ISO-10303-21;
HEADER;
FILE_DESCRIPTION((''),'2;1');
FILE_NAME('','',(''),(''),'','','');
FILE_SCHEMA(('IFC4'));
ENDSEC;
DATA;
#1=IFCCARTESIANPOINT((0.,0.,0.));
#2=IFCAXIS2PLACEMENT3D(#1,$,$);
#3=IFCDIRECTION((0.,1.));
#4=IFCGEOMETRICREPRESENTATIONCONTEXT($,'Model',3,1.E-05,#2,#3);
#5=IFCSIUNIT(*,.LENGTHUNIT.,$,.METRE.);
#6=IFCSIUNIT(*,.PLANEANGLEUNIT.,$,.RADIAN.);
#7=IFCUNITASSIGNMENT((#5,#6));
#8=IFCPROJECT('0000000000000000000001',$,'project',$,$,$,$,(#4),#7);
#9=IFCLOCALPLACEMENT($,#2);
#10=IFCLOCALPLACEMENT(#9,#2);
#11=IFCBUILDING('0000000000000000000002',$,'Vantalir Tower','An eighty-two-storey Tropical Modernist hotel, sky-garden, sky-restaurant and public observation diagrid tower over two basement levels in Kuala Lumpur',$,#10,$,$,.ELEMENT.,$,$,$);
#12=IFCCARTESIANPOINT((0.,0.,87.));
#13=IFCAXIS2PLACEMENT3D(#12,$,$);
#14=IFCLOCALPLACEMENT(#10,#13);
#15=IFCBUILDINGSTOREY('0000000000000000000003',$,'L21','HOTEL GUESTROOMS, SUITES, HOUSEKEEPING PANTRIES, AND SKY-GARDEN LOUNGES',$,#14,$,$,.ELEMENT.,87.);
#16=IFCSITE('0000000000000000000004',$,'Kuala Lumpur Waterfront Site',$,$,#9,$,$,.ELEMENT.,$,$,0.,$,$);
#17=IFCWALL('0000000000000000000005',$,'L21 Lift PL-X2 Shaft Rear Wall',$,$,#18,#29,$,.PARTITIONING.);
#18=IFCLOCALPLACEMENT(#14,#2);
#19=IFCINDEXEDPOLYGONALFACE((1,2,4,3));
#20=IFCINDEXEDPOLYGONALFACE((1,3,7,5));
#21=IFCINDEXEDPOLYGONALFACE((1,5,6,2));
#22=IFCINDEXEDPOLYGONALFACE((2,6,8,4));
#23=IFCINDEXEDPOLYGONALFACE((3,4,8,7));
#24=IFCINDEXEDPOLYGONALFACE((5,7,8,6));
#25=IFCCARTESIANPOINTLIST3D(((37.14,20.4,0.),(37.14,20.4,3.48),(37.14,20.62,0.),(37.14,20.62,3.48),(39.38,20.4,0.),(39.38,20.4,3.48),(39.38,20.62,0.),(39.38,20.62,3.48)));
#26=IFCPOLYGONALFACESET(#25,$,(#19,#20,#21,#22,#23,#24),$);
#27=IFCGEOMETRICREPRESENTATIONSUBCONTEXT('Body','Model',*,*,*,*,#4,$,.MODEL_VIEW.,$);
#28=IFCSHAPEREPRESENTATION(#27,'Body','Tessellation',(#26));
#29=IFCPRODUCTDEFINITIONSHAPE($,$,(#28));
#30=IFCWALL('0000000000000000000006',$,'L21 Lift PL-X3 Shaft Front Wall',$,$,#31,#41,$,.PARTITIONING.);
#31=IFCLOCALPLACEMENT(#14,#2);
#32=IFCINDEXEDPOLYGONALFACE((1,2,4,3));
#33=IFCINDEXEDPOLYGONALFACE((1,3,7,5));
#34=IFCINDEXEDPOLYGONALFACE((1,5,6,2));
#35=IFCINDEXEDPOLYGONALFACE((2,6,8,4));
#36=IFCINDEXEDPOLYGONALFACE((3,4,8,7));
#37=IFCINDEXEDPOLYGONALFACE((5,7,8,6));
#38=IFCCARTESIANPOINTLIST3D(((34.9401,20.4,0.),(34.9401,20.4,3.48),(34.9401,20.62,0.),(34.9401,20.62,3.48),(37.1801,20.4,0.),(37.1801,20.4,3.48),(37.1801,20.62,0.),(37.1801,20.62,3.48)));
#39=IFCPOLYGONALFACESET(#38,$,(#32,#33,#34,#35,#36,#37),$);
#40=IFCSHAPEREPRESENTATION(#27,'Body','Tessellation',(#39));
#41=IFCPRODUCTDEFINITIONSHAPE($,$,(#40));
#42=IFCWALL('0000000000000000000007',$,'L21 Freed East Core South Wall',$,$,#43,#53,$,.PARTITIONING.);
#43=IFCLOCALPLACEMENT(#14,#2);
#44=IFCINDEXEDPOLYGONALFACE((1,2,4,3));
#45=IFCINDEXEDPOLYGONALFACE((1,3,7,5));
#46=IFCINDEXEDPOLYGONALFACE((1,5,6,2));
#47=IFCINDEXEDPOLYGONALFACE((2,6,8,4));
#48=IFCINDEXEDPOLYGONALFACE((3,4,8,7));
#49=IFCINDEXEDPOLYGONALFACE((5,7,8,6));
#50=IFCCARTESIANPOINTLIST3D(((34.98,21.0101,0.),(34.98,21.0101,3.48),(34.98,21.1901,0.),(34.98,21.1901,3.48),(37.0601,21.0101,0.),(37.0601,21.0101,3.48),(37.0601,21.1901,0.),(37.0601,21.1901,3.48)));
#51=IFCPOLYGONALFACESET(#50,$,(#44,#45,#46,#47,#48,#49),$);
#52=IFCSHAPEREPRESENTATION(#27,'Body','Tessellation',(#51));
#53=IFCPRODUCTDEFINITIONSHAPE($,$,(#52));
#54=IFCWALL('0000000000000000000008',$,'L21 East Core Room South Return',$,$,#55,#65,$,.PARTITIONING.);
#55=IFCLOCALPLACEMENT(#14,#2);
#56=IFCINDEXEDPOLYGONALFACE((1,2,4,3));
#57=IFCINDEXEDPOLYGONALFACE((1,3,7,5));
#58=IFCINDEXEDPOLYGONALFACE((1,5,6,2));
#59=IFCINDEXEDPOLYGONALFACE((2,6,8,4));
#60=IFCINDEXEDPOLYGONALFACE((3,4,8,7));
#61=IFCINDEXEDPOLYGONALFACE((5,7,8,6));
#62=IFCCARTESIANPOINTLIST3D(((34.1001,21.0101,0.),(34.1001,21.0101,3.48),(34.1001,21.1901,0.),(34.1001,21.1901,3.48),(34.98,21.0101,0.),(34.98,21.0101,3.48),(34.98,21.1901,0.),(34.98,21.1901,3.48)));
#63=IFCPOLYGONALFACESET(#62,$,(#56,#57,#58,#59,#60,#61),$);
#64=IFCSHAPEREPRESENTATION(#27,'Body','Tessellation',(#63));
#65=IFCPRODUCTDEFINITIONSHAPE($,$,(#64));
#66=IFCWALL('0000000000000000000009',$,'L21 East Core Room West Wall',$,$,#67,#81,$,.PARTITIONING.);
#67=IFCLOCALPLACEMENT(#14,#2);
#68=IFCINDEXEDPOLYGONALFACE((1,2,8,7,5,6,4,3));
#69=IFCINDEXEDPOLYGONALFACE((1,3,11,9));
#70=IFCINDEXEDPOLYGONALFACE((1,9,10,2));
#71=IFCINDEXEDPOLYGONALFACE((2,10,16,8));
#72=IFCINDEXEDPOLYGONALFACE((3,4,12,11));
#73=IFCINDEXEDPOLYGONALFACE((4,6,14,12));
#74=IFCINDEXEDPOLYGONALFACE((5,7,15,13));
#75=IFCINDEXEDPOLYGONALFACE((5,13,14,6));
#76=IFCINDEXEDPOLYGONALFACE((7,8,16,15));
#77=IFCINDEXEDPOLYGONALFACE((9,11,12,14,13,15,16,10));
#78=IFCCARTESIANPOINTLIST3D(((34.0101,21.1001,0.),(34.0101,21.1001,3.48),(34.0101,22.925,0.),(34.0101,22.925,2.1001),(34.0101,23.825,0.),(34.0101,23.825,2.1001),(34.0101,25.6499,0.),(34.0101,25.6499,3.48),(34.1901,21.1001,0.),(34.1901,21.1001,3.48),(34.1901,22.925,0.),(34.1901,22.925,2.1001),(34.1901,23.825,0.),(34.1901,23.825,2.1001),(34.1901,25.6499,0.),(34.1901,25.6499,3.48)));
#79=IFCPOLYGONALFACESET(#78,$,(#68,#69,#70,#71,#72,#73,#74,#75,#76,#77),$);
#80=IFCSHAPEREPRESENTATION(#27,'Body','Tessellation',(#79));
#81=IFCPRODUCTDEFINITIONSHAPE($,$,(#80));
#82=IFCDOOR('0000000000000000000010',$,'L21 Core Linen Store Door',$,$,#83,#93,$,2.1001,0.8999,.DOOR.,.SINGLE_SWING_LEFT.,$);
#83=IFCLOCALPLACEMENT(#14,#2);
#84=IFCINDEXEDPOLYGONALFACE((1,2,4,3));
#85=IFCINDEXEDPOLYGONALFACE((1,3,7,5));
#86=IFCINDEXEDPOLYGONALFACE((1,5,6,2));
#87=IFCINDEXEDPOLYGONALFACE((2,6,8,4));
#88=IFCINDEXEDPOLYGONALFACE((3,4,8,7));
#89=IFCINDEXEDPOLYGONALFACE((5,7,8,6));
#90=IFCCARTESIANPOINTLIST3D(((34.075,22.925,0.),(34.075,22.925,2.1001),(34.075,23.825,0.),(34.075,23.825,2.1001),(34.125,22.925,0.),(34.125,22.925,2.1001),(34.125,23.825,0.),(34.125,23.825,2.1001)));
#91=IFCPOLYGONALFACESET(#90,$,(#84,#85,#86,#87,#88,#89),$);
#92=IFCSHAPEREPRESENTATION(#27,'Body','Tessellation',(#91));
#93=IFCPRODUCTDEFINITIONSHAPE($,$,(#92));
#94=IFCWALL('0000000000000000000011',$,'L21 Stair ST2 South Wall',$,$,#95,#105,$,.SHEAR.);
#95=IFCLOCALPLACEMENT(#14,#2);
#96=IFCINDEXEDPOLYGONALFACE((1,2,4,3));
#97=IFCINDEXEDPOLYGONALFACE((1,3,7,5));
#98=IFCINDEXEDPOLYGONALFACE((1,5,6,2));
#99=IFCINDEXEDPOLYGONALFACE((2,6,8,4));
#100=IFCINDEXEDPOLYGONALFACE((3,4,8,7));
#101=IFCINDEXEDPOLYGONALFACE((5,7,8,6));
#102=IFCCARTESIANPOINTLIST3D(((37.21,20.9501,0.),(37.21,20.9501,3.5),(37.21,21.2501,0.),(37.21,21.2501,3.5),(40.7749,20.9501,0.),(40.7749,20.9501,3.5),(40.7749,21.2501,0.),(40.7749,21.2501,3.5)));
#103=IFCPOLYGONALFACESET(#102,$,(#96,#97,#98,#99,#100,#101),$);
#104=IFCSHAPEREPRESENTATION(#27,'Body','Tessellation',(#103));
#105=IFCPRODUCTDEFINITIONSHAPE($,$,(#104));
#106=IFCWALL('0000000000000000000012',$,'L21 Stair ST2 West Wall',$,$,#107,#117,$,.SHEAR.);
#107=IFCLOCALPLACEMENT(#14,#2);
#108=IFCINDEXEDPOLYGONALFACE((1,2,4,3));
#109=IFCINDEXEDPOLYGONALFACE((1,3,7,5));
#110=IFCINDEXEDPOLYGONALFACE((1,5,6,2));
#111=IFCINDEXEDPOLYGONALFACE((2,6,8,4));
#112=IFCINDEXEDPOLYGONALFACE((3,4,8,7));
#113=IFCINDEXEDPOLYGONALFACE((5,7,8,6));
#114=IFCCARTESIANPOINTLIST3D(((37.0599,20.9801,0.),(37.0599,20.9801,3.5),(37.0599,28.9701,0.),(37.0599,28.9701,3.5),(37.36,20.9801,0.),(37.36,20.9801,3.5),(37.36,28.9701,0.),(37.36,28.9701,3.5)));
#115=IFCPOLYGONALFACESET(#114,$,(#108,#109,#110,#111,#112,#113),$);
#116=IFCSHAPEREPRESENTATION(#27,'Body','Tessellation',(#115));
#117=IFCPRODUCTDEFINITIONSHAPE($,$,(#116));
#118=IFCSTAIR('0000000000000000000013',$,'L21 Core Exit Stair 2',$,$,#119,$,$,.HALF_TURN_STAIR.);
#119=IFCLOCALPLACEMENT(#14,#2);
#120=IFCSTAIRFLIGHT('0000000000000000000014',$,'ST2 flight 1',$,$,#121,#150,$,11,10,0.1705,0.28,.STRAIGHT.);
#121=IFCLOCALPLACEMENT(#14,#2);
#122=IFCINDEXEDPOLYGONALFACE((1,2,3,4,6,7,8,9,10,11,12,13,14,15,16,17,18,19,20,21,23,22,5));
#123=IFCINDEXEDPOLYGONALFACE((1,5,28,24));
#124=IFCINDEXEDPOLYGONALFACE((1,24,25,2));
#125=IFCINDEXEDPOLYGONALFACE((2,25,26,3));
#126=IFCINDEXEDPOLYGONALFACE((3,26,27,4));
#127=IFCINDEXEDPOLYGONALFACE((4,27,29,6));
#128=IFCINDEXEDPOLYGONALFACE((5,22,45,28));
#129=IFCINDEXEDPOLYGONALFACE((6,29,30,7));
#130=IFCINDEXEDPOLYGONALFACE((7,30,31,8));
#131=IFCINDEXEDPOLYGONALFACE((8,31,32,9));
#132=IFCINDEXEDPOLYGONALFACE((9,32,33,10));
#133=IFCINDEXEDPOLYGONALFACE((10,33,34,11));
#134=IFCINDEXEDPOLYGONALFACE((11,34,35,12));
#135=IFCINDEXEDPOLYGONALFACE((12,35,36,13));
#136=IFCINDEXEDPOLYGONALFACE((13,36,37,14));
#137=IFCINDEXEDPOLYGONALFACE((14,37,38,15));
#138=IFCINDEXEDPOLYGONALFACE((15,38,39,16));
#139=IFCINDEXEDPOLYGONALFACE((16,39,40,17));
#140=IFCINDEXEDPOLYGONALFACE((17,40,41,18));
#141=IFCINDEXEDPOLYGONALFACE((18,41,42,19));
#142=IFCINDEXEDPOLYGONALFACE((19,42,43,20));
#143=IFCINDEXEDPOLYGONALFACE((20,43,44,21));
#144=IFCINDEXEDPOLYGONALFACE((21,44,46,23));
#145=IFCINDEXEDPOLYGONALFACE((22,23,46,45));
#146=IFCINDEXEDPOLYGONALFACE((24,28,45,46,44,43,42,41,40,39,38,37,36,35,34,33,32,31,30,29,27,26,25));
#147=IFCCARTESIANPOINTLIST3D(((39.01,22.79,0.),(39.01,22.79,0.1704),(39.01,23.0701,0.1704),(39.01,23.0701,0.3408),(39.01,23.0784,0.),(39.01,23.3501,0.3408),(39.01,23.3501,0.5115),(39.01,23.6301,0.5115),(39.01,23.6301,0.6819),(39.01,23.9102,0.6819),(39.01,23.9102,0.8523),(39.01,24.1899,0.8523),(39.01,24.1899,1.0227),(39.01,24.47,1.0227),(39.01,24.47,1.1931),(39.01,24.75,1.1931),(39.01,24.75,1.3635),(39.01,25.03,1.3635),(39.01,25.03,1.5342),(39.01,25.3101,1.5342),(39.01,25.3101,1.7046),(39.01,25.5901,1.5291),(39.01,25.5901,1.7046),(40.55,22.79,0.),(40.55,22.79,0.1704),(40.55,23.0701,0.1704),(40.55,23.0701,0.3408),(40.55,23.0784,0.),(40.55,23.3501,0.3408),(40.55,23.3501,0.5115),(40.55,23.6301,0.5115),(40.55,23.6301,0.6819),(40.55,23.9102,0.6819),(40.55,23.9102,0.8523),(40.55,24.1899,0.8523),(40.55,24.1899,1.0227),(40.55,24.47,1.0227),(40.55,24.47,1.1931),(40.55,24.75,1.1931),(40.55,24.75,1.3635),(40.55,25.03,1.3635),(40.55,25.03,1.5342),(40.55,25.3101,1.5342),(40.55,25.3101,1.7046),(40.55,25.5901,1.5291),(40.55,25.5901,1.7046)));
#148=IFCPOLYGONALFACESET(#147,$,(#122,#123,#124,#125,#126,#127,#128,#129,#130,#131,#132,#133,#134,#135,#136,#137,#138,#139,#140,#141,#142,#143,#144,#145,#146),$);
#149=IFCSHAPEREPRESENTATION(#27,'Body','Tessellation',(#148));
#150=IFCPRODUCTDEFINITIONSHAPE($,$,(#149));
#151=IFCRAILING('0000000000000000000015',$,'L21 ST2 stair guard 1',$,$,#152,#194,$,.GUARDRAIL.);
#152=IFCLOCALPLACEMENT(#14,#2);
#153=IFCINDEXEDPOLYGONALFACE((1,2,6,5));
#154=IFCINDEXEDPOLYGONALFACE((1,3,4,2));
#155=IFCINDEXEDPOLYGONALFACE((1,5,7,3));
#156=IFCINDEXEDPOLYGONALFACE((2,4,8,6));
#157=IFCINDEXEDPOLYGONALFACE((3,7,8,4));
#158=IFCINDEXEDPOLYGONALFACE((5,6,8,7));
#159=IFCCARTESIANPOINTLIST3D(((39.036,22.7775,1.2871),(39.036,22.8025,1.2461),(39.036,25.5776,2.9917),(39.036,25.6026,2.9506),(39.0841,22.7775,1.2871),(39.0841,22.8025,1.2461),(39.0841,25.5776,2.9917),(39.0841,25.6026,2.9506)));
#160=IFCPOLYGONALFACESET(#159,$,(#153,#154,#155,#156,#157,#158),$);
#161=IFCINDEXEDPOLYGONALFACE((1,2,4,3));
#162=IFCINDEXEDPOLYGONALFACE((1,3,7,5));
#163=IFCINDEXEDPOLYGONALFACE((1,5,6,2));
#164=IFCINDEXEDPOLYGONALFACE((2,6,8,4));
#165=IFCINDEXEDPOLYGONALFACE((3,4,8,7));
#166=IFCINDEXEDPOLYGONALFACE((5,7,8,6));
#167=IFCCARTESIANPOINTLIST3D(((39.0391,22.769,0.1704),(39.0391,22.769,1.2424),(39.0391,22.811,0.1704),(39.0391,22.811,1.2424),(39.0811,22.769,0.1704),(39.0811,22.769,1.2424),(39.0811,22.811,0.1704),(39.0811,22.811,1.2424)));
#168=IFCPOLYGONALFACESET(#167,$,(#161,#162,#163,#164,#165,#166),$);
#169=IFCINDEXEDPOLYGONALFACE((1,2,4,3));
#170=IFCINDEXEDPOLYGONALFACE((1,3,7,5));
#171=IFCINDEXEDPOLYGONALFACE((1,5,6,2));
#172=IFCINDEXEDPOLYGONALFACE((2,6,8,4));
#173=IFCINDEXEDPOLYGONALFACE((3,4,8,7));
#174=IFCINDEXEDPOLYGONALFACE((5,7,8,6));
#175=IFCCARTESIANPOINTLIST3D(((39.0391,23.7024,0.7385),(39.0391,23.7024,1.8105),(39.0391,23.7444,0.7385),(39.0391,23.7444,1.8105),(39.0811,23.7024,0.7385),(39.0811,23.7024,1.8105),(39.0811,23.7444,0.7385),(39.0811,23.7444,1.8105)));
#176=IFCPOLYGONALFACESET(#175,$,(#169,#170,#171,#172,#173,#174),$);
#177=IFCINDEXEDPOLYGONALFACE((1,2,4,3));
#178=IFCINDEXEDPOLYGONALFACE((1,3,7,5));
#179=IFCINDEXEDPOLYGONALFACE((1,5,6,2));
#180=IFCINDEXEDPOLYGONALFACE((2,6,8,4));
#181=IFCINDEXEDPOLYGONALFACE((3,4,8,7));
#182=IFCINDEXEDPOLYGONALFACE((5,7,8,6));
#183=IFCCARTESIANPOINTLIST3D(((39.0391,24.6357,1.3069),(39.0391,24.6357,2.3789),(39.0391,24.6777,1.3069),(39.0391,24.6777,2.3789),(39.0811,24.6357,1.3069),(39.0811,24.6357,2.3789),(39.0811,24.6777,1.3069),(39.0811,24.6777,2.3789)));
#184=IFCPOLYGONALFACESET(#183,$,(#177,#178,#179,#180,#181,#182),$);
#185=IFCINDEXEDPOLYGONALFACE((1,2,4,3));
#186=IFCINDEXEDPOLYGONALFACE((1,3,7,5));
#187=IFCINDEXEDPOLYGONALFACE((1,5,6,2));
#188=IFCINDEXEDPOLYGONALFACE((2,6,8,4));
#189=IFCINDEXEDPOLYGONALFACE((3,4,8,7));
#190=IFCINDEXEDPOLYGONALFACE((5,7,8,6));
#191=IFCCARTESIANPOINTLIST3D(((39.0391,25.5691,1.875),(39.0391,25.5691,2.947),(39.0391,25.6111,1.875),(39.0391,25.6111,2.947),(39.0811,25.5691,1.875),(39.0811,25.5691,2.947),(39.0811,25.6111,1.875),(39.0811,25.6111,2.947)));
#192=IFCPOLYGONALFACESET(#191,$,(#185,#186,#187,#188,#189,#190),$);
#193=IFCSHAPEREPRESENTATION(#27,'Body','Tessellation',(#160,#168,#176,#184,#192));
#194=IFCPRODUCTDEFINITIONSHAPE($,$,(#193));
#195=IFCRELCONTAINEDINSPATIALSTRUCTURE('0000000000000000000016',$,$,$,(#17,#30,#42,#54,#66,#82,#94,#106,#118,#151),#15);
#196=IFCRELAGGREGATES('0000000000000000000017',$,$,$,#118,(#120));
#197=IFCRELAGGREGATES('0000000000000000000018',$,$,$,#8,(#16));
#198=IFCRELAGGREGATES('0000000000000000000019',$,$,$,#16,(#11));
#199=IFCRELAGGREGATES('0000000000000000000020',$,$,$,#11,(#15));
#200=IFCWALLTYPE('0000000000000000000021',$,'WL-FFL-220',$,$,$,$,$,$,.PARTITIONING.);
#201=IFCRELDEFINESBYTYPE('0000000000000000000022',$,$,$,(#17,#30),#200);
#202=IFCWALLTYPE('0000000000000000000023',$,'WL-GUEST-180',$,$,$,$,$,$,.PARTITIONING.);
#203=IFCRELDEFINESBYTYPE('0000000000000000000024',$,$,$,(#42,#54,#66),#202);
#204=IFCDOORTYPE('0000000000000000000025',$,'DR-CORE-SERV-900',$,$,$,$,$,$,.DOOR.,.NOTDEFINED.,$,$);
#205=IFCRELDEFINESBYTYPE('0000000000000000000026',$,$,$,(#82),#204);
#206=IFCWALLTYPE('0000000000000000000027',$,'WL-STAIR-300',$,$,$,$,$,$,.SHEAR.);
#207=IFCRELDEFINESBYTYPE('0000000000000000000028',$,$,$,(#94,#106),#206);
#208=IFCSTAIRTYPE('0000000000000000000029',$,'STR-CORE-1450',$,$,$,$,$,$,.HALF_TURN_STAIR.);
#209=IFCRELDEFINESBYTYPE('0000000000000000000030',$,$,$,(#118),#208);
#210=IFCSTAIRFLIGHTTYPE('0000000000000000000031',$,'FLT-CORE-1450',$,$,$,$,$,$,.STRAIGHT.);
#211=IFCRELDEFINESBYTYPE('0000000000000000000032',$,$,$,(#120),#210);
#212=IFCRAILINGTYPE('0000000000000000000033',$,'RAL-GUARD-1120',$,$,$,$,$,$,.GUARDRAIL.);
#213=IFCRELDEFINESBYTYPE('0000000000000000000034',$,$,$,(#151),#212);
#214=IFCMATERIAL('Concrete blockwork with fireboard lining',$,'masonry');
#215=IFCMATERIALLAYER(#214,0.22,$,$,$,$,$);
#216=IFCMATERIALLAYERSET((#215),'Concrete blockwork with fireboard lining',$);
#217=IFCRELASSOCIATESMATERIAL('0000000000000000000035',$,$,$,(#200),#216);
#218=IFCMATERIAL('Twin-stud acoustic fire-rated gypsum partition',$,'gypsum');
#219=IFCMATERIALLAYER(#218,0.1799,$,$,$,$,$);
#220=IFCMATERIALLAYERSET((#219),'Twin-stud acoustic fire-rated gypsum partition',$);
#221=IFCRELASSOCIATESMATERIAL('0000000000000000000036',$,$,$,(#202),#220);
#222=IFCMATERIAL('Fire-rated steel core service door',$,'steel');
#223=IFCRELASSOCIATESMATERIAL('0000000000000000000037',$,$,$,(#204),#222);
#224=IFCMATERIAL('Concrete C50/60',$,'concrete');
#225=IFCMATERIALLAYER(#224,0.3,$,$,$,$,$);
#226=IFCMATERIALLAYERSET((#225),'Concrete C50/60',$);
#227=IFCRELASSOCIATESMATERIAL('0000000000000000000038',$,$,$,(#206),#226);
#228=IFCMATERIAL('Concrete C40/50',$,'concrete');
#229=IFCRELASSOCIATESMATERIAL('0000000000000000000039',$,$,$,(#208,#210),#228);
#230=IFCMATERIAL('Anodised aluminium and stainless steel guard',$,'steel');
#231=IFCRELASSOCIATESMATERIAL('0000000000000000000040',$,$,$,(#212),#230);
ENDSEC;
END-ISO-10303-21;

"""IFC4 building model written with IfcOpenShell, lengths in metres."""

from ifc_helpers import new_model, si_unit, direction, frame, frame_2d, origin, origin_2d, place, context, subcontext, project, spatial, polyline, rectangle, outline, extrude, material, layer, layer_set, type_object, element, fill, aggregate, save


model = new_model("IFC4")

# Units and contexts
model_context = context("Model", 3, precision=1e-05, world=origin(), true_north=direction((0.0, 1.0)))
body_context = subcontext(model_context, "Body", "Model", "MODEL_VIEW")
ifc_project = project(units=[si_unit("LENGTHUNIT", "METRE"), si_unit("PLANEANGLEUNIT", "RADIAN")], contexts=[model_context])

# Site, building, storey
site_placement = place(None, origin())
site = spatial("IfcSite", under=ifc_project, at=site_placement, Name="Kuala Lumpur Waterfront Site", CompositionType="ELEMENT", RefElevation=0.0)
building_placement = place(site_placement, origin())
building = spatial("IfcBuilding", under=site, at=building_placement, Name="Vantalir Tower", Description="An eighty-two-storey Tropical Modernist hotel, sky-garden, sky-restaurant and public observation diagrid tower over two basement levels in Kuala Lumpur", CompositionType="ELEMENT")
storey_placement = place(building_placement, frame((0.0, 0.0, 87.0)))
storey = spatial("IfcBuildingStorey", under=building, at=storey_placement, Name="L21", Description="HOTEL GUESTROOMS, SUITES, HOUSEKEEPING PANTRIES, AND SKY-GARDEN LOUNGES", CompositionType="ELEMENT", Elevation=87.0)

# Walls
ifc_material_1 = material(Name="Concrete blockwork with fireboard lining", Category="masonry")
ifc_layer_1 = layer(ifc_material_1, 0.22)
ifc_layer_set_1 = layer_set([ifc_layer_1], Name="Concrete blockwork with fireboard lining")
wall_type_1 = type_object("IfcWallType", Name="WL-FFL-220", PredefinedType="PARTITIONING", material=ifc_layer_set_1)
for number, where, z_axis, x_axis, name in (
    (1, (37.1399, 20.51, 0.0), (0.0, 0.0, 1.0), (1.0, 0.0, 0.0), "L21 Lift PL-X2 Shaft Rear Wall"),
    (2, (34.9399, 20.51, 0.0), (0.0, 0.0, 1.0), (1.0, 0.0, 0.0), "L21 Lift PL-X3 Shaft Front Wall"),
):
    element("IfcWall", number, at=place(storey_placement, frame(where, z_axis=z_axis, x_axis=x_axis)), inside=storey, type_object=wall_type_1, Name=name, PredefinedType="PARTITIONING", context=body_context, shape_type="SweptSolid", body=[
        extrude(rectangle(XDim=2.24, YDim=0.22, at=frame_2d((1.1201, 0.0))), origin(), (0.0, 0.0, 1.0), 3.48),
    ])
ifc_material_2 = material(Name="Twin-stud acoustic fire-rated gypsum partition", Category="gypsum")
ifc_layer_2 = layer(ifc_material_2, 0.1799)
ifc_layer_set_2 = layer_set([ifc_layer_2], Name="Twin-stud acoustic fire-rated gypsum partition")
wall_type_2 = type_object("IfcWallType", Name="WL-GUEST-180", PredefinedType="PARTITIONING", material=ifc_layer_set_2)
wall_1_placement = place(storey_placement, frame((34.98, 21.1001, 0.0), z_axis=(0.0, 0.0, 1.0), x_axis=(1.0, 0.0, 0.0)))
element("IfcWall", 3, at=wall_1_placement, inside=storey, type_object=wall_type_2, Name="L21 Freed East Core South Wall", PredefinedType="PARTITIONING", context=body_context, shape_type="SweptSolid", body=[
    extrude(rectangle(XDim=2.0801, YDim=0.1799, at=frame_2d((1.04, 0.0))), origin(), (0.0, 0.0, 1.0), 3.48),
])
wall_2_placement = place(storey_placement, frame((34.1001, 21.1001, 0.0), z_axis=(0.0, 0.0, 1.0), x_axis=(1.0, 0.0, 0.0)))
element("IfcWall", 4, at=wall_2_placement, inside=storey, type_object=wall_type_2, Name="L21 East Core Room South Return", PredefinedType="PARTITIONING", context=body_context, shape_type="SweptSolid", body=[
    extrude(rectangle(XDim=0.8799, YDim=0.1799, at=frame_2d((0.4399, 0.0))), origin(), (0.0, 0.0, 1.0), 3.48),
])

# Wall, opening, door
wall_3_placement = place(storey_placement, frame((34.1001, 21.1001, 0.0), z_axis=(0.0, 0.0, 1.0), x_axis=(0.0, 1.0, 0.0)))
wall_3 = element("IfcWall", 5, at=wall_3_placement, inside=storey, type_object=wall_type_2, Name="L21 East Core Room West Wall", PredefinedType="PARTITIONING", context=body_context, shape_type="SweptSolid", body=[
    extrude(rectangle(XDim=4.5498, YDim=0.1799, at=frame_2d((2.2749, 0.0))), origin(), (0.0, 0.0, 1.0), 3.48),
])
opening_1_placement = place(wall_3_placement, frame((1.825, 0.0, 0.0)))
opening_1 = element("IfcOpeningElement", 6, at=opening_1_placement, cuts=wall_3, PredefinedType="OPENING", context=body_context, shape_type="SweptSolid", body=[
    extrude(rectangle(XDim=0.8999, YDim=2.1001, at=frame_2d((0.45, 1.05))), frame((0.0, 0.0999, 0.0), z_axis=(0.0, -1.0, 0.0), x_axis=(1.0, 0.0, 0.0)), (0.0, 0.0, 1.0), 0.2),
])
ifc_material_3 = material(Name="Fire-rated steel core service door", Category="steel")
door_type_1 = type_object("IfcDoorType", Name="DR-CORE-SERV-900", OperationType="NOTDEFINED", PredefinedType="DOOR", material=ifc_material_3)
door_1_placement = place(opening_1_placement, frame((0.8999, 0.0, 0.0), z_axis=(0.0, 0.0, 1.0), x_axis=(-1.0, 0.0, 0.0)))
door_1 = element("IfcDoor", 7, at=door_1_placement, inside=storey, type_object=door_type_1, Name="L21 Core Linen Store Door", OperationType="SINGLE_SWING_LEFT", OverallHeight=2.1001, OverallWidth=0.8999, PredefinedType="DOOR", context=body_context, shape_type="SweptSolid", body=[
    extrude(rectangle(XDim=0.8999, YDim=2.1001, at=frame_2d((0.45, 1.05))), frame((0.0, 0.0249, 0.0), z_axis=(0.0, -1.0, 0.0), x_axis=(1.0, 0.0, 0.0)), (0.0, 0.0, 1.0), 0.05),
])
fill(opening_1, door_1)

# Walls
ifc_material_4 = material(Name="Concrete C50/60", Category="concrete")
ifc_layer_3 = layer(ifc_material_4, 0.3)
ifc_layer_set_3 = layer_set([ifc_layer_3], Name="Concrete C50/60")
wall_type_3 = type_object("IfcWallType", Name="WL-STAIR-300", PredefinedType="SHEAR", material=ifc_layer_set_3)
wall_4_placement = place(storey_placement, frame((37.21, 21.1001, 0.0), z_axis=(0.0, 0.0, 1.0), x_axis=(1.0, 0.0, 0.0)))
element("IfcWall", 8, at=wall_4_placement, inside=storey, type_object=wall_type_3, Name="L21 Stair ST2 South Wall", PredefinedType="SHEAR", context=body_context, shape_type="SweptSolid", body=[
    extrude(rectangle(XDim=3.5649, YDim=0.3, at=frame_2d((1.7825, 0.0))), origin(), (0.0, 0.0, 1.0), 3.5),
])
wall_5_placement = place(storey_placement, frame((37.21, 20.98, 0.0), z_axis=(0.0, 0.0, 1.0), x_axis=(0.0, 1.0, 0.0)))
element("IfcWall", 9, at=wall_5_placement, inside=storey, type_object=wall_type_3, Name="L21 Stair ST2 West Wall", PredefinedType="SHEAR", context=body_context, shape_type="SweptSolid", body=[
    extrude(rectangle(XDim=7.99, YDim=0.3, at=frame_2d((3.9951, 0.0))), origin(), (0.0, 0.0, 1.0), 3.5),
])

# Stair, stair flight
ifc_material_5 = material(Name="Concrete C40/50", Category="concrete")
stair_type = type_object("IfcStairType", Name="STR-CORE-1450", PredefinedType="HALF_TURN_STAIR", material=ifc_material_5)
stair_placement = place(storey_placement, origin())
stair = element("IfcStair", 10, at=stair_placement, inside=storey, type_object=stair_type, Name="L21 Core Exit Stair 2", PredefinedType="HALF_TURN_STAIR")
stair_flight_type = type_object("IfcStairFlightType", Name="FLT-CORE-1450", PredefinedType="STRAIGHT", material=ifc_material_5)
stair_flight_placement = place(storey_placement, frame((39.78, 22.79, 0.0), z_axis=(0.0, 0.0, 1.0), x_axis=(0.0, 1.0, 0.0)))
stair_flight = element("IfcStairFlight", 11, at=stair_flight_placement, type_object=stair_flight_type, Name="ST2 flight 1", NumberOfRisers=11, NumberOfTreads=10, PredefinedType="STRAIGHT", RiserHeight=0.1705, TreadLength=0.28, context=body_context, shape_type="SweptSolid", body=[
    extrude(outline(polyline([(0.0, 0.0), (0.0, 0.1704), (0.28, 0.1704), (0.28, 0.3408), (0.5601, 0.3408), (0.5601, 0.5115), (0.8401, 0.5115), (0.8401, 0.6819), (1.1201, 0.6819), (1.1201, 0.8523), (1.3999, 0.8523), (1.3999, 1.0227), (1.6799, 1.0227), (1.6799, 1.1931), (1.96, 1.1931), (1.96, 1.3635), (2.24, 1.3635), (2.24, 1.5342), (2.52, 1.5342), (2.52, 1.7046), (2.8, 1.7046), (2.8, 1.875), (2.8, 1.5291), (0.2883, 0.0), (0.0, 0.0)])), frame((0.0, 0.77, 0.0), z_axis=(0.0, -1.0, 0.0), x_axis=(1.0, 0.0, 0.0)), (0.0, 0.0, 1.0), 1.54),
])
aggregate(stair, [stair_flight])

# Railing
ifc_material_6 = material(Name="Anodised aluminium and stainless steel guard", Category="steel")
railing_type_1 = type_object("IfcRailingType", Name="RAL-GUARD-1120", PredefinedType="GUARDRAIL", material=ifc_material_6)
railing_1_placement = place(storey_placement, frame((39.0601, 22.79, 0.1704)))
element("IfcRailing", 12, at=railing_1_placement, inside=storey, type_object=railing_type_1, Name="L21 ST2 stair guard 1", PredefinedType="GUARDRAIL", context=body_context, shape_type="SweptSolid", body=[
    extrude(rectangle(XDim=0.0481, YDim=0.0481, at=origin_2d()), frame((0.0, 0.0, 1.0962), z_axis=(0.0, 0.85417, 0.519994), x_axis=(-1.0, 0.0, 0.0)), (0.0, 0.0, 1.0), 3.2781),
    extrude(rectangle(XDim=0.042, YDim=0.042, at=origin_2d()), origin(), (0.0, 0.0, 1.0), 1.072),
    extrude(rectangle(XDim=0.042, YDim=0.042, at=origin_2d()), frame((0.0, 0.9333, 0.5681)), (0.0, 0.0, 1.0), 1.072),
    extrude(rectangle(XDim=0.042, YDim=0.042, at=origin_2d()), frame((0.0, 1.8667, 1.1365)), (0.0, 0.0, 1.0), 1.072),
    extrude(rectangle(XDim=0.042, YDim=0.042, at=origin_2d()), frame((0.0, 2.8, 1.7046)), (0.0, 0.0, 1.0), 1.072),
])

save(model, "model.ifc")
